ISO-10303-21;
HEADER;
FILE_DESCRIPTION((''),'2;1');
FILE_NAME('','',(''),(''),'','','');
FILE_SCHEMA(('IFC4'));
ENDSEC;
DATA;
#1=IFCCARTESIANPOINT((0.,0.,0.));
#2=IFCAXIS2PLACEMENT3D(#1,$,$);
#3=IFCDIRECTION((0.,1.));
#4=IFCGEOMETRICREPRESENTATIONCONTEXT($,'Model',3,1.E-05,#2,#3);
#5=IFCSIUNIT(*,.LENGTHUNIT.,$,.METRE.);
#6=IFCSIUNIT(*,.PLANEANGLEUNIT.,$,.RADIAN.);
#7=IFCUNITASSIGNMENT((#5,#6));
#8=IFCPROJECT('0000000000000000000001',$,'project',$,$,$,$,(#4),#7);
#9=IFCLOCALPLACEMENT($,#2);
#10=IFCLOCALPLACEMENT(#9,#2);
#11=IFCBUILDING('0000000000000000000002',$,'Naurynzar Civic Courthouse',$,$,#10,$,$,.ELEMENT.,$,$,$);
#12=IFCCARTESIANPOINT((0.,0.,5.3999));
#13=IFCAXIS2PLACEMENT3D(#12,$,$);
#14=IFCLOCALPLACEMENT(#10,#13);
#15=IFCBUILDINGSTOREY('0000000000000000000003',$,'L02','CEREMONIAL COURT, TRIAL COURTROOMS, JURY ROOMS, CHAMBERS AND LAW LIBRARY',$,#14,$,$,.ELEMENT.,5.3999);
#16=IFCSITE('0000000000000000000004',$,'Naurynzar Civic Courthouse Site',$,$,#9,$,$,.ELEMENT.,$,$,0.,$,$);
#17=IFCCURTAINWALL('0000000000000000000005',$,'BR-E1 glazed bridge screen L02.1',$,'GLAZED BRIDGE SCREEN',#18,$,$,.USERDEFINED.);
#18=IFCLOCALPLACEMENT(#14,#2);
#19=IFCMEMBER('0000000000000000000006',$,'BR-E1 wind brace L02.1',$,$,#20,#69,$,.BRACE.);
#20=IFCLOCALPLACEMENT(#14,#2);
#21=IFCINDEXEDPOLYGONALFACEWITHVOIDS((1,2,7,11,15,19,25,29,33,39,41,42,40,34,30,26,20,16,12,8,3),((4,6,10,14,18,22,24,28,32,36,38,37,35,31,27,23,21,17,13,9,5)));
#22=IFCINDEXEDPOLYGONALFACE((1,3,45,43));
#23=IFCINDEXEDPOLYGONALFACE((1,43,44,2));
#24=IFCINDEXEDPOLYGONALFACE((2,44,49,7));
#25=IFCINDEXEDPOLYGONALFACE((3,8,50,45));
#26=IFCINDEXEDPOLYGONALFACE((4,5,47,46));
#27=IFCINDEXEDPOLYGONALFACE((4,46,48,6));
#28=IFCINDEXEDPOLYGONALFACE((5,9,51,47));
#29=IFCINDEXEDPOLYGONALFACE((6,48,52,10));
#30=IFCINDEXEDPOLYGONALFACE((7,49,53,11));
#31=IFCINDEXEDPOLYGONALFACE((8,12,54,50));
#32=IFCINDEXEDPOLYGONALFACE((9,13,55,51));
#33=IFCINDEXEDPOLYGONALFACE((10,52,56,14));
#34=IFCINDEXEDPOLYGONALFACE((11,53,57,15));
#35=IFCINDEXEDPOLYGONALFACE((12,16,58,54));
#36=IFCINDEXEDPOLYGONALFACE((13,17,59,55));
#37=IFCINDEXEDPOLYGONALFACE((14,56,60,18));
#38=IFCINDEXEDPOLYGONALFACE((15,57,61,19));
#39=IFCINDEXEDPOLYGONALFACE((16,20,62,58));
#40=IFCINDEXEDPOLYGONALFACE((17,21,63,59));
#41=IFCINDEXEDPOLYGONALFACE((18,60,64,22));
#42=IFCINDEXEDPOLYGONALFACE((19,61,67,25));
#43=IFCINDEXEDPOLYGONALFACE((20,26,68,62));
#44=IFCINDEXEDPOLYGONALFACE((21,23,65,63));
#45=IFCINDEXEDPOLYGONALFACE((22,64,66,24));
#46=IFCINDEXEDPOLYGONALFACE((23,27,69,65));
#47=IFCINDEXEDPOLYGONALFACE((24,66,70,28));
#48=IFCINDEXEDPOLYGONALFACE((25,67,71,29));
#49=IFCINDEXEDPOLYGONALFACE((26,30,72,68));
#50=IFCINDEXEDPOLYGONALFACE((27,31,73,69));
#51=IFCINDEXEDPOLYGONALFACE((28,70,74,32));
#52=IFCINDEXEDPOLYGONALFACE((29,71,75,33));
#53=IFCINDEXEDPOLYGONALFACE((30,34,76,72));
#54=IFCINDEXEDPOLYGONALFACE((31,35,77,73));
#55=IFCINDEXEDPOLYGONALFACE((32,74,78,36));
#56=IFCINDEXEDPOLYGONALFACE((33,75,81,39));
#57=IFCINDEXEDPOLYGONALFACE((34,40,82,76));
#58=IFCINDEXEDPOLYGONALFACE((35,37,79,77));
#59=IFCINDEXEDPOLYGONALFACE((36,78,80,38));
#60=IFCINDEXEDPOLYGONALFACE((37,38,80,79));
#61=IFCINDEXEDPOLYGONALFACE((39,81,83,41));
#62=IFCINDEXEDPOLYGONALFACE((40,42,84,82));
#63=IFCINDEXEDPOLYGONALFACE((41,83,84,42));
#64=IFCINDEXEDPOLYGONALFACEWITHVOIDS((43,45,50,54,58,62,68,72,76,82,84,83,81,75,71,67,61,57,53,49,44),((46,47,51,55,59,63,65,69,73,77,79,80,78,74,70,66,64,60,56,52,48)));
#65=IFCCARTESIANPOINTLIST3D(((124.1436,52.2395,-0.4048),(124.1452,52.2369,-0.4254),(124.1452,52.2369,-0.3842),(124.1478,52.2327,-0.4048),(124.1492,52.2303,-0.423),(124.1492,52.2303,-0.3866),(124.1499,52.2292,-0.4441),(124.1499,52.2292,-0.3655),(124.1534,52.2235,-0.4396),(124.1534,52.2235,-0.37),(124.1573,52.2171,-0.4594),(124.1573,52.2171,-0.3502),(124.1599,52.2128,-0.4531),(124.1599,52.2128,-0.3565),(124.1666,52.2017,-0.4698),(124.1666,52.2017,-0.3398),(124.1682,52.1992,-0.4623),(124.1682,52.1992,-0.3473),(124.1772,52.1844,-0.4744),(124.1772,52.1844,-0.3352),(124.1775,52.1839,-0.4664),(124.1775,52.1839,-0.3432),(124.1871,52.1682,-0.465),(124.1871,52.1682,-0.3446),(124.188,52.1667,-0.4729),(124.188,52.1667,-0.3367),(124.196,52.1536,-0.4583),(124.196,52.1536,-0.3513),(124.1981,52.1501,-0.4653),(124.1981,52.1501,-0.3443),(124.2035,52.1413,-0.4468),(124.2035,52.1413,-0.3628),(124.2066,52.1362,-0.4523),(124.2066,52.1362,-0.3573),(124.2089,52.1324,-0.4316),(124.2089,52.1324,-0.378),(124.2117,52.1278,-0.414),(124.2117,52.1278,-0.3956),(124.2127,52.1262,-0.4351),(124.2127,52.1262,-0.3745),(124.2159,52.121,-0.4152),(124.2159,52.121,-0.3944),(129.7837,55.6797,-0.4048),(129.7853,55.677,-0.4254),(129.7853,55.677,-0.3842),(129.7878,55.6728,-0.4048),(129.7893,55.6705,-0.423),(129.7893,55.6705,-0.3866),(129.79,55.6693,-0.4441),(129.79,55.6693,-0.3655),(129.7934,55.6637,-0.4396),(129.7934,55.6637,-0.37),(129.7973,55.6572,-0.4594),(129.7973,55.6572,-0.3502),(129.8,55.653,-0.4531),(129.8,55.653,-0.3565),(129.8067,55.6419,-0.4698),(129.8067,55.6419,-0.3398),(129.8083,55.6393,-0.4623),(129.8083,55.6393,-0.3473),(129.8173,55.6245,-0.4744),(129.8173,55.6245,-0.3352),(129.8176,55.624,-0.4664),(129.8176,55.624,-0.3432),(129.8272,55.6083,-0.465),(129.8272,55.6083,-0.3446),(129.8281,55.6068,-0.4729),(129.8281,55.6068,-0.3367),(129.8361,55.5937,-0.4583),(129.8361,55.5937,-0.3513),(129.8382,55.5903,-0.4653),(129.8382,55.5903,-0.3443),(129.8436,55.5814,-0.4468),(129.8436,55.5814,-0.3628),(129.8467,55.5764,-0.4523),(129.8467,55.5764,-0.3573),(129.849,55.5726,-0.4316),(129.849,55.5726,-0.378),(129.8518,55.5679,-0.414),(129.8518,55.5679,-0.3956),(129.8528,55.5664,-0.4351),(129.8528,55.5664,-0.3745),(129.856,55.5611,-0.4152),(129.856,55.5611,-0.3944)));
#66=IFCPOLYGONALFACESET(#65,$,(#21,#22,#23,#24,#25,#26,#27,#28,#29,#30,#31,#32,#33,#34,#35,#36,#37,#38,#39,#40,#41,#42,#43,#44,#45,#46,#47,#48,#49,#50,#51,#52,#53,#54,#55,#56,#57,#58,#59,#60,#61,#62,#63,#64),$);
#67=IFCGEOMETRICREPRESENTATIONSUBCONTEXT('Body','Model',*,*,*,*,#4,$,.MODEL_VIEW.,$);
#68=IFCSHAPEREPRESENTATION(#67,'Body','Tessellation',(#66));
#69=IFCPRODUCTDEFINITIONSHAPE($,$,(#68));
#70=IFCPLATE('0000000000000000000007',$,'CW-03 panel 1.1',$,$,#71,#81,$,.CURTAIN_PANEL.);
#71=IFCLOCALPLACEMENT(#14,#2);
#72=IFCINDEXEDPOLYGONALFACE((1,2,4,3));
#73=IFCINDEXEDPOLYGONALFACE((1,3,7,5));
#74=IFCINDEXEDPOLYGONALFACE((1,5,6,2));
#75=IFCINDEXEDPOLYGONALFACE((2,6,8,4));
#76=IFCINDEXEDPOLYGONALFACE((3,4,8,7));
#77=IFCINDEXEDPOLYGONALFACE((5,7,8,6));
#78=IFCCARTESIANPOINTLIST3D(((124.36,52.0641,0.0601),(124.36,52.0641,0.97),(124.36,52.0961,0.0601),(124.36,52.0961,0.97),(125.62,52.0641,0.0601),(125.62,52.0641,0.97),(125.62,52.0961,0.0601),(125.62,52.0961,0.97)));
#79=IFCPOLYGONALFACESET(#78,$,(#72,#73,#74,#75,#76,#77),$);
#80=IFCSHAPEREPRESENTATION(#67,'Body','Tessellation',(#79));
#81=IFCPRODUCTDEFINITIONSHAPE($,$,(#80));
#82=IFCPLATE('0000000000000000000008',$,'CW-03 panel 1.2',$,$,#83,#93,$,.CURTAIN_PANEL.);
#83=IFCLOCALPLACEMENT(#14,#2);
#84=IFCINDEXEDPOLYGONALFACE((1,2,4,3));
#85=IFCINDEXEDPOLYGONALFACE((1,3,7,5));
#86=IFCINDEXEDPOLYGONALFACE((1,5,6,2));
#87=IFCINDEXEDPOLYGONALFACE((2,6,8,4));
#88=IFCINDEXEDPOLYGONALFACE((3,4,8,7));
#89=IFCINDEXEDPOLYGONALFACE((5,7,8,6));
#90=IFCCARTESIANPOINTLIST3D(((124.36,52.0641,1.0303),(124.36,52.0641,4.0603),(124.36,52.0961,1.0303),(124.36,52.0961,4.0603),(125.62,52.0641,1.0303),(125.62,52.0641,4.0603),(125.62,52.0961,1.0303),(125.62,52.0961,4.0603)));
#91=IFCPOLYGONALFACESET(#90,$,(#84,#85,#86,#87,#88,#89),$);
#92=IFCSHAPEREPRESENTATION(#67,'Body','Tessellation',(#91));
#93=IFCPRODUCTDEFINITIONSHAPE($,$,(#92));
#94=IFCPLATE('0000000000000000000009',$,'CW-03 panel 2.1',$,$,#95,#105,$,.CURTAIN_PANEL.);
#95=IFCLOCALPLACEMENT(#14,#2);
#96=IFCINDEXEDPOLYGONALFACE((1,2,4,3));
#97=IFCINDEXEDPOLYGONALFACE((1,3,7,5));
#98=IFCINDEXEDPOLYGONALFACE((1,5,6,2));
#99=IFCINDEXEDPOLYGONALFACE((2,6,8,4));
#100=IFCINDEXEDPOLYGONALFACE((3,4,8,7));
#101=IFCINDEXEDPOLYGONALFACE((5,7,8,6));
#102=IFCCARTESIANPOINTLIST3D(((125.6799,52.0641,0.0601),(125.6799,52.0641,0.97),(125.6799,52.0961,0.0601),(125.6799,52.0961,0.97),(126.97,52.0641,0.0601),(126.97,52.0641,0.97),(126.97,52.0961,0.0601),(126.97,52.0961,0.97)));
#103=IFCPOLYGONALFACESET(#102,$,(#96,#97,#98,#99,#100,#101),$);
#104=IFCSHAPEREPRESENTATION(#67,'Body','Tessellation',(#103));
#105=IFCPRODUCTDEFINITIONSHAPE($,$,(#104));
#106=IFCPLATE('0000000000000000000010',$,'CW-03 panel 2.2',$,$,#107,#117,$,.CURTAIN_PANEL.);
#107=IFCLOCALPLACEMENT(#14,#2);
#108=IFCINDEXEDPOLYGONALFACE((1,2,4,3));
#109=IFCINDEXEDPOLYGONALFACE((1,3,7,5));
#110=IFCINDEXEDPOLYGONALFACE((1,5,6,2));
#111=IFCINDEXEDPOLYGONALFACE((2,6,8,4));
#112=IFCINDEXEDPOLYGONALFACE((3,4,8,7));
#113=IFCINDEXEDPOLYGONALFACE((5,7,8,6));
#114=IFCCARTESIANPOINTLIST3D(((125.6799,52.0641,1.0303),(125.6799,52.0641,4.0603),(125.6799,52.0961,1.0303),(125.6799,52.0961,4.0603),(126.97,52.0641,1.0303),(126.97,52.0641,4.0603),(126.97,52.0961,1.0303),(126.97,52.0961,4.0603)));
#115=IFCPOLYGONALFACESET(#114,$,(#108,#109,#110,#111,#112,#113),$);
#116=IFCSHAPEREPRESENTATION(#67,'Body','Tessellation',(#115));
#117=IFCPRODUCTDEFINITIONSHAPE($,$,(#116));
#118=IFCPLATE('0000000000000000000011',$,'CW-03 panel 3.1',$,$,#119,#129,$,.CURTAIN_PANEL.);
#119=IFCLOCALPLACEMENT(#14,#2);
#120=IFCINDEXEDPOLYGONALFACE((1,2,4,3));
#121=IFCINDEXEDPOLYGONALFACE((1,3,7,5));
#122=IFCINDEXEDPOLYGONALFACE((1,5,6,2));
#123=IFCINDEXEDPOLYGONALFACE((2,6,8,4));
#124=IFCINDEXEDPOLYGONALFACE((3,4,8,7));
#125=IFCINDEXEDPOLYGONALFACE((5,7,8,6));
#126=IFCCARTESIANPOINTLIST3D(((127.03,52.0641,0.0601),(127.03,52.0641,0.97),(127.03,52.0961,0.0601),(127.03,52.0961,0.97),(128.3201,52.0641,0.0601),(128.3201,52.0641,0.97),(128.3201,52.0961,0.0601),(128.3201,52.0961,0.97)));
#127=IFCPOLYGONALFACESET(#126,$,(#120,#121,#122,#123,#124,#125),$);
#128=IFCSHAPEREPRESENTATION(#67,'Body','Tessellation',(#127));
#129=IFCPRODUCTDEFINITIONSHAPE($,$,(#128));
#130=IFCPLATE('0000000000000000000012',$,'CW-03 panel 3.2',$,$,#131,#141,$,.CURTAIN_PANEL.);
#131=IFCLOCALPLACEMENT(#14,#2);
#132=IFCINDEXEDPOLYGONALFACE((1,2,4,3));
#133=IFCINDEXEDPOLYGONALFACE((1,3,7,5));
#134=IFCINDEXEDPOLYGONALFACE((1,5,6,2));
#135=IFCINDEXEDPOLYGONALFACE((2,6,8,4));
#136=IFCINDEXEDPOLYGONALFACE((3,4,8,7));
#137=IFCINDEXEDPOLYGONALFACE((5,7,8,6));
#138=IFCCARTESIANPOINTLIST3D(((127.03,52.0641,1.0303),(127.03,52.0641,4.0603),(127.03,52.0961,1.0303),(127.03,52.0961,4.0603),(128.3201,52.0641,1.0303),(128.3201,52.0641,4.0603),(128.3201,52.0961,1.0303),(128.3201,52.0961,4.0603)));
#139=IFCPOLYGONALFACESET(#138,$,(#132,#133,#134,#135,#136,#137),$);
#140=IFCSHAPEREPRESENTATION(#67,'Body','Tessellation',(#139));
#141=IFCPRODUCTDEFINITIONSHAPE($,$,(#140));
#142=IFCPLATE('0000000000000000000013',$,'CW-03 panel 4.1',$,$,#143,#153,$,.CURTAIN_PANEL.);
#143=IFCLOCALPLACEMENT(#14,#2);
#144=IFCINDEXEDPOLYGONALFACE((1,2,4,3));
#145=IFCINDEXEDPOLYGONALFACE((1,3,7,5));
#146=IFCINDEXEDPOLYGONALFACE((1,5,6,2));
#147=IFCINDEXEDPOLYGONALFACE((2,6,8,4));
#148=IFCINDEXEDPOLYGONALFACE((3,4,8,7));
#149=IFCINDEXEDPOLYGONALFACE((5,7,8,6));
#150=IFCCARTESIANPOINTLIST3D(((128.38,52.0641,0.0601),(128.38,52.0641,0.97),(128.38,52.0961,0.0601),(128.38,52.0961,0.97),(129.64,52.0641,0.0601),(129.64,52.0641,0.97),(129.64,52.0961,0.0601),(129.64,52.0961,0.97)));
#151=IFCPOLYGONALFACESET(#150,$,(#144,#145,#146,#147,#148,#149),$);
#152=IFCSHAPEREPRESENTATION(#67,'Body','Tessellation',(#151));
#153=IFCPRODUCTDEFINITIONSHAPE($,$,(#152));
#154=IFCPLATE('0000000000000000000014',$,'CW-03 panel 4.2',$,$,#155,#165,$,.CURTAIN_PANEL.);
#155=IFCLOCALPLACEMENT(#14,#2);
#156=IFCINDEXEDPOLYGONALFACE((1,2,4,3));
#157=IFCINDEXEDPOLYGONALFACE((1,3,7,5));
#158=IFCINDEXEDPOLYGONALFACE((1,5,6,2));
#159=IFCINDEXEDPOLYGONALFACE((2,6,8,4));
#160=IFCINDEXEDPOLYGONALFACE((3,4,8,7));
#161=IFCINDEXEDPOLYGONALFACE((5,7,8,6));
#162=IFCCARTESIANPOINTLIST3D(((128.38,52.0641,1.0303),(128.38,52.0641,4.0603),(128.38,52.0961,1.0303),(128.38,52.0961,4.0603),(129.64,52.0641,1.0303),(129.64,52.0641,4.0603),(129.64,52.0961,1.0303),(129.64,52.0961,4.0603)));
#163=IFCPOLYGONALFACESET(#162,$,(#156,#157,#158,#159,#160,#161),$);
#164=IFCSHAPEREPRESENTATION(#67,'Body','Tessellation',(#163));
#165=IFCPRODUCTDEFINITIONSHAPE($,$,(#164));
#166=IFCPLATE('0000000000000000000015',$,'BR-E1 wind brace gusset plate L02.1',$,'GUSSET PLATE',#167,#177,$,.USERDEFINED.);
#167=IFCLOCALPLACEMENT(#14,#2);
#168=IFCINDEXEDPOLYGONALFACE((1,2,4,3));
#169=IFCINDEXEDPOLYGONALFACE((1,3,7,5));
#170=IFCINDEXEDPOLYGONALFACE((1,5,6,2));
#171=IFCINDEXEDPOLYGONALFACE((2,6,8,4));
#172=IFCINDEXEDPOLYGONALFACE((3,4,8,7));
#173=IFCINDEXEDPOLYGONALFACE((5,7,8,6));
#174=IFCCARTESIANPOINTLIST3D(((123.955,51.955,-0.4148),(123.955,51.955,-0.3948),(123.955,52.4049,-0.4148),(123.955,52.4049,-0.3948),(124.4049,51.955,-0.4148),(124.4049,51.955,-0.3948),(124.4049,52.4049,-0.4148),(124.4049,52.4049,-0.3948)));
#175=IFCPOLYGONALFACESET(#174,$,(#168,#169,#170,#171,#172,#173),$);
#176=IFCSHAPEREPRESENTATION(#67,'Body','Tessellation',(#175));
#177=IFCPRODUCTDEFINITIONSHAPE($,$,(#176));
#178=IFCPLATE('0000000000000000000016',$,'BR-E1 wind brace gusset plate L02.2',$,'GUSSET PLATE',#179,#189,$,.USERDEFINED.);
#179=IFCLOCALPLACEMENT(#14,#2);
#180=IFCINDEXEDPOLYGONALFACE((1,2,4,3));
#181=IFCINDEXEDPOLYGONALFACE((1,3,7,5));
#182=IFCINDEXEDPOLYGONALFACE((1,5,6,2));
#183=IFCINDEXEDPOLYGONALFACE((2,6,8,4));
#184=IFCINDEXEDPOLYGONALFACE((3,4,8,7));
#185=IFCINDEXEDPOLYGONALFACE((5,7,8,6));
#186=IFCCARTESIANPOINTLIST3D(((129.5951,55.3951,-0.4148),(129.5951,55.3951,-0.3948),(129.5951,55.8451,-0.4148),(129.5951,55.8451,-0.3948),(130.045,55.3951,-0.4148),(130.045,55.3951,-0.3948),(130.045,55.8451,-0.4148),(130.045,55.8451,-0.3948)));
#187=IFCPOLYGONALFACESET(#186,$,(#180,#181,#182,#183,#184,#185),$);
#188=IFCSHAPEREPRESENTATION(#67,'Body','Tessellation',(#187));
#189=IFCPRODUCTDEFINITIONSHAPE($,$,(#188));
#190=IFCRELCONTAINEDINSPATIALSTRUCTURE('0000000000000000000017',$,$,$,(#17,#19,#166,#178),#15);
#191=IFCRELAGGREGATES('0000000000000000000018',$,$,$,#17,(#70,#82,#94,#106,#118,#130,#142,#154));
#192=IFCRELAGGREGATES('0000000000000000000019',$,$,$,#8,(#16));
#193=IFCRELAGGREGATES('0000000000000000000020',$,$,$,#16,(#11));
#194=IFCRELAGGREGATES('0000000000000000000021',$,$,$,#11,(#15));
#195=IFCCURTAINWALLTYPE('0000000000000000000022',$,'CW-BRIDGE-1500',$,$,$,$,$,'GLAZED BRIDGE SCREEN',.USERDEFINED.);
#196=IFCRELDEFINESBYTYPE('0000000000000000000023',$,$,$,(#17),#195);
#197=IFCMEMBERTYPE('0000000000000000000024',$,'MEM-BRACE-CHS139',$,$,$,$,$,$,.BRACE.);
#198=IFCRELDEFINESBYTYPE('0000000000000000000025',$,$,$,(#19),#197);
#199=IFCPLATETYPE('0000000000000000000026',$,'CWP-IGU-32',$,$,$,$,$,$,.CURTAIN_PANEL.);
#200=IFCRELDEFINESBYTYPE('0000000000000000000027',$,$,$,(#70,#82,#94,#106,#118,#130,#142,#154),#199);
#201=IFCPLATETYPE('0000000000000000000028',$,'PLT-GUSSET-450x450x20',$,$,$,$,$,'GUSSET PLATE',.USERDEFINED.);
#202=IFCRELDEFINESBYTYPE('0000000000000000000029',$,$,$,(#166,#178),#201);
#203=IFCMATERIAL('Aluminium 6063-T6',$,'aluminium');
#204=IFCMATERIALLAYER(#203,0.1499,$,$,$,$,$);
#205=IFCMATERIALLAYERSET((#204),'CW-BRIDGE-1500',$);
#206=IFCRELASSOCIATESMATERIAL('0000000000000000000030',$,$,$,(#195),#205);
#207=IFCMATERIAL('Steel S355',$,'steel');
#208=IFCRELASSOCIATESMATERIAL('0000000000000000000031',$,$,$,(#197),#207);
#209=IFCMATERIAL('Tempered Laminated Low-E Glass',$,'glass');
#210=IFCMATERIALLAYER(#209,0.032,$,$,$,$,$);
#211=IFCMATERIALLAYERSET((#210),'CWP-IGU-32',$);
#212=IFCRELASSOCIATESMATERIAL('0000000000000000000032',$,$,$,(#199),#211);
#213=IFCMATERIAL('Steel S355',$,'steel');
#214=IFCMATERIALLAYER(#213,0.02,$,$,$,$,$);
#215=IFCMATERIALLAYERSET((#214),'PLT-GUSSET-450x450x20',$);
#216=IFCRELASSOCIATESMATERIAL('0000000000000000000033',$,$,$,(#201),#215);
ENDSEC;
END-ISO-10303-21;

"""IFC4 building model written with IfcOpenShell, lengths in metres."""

from ifc_helpers import new_model, si_unit, direction, frame, origin, origin_2d, place, context, subcontext, project, spatial, rectangle, hollow_circle, extrude, material, layer, layer_set, material_profile, profile_set, type_object, element, aggregate, save


model = new_model("IFC4")

# Units and contexts
model_context = context("Model", 3, precision=1e-05, world=origin(), true_north=direction((0.0, 1.0)))
body_context = subcontext(model_context, "Body", "Model", "MODEL_VIEW")
ifc_project = project(units=[si_unit("LENGTHUNIT", "METRE"), si_unit("PLANEANGLEUNIT", "RADIAN")], contexts=[model_context])

# Site, building, storey
site_placement = place(None, origin())
site = spatial("IfcSite", under=ifc_project, at=site_placement, Name="Naurynzar Civic Courthouse Site", CompositionType="ELEMENT", RefElevation=0.0)
building_placement = place(site_placement, origin())
building = spatial("IfcBuilding", under=site, at=building_placement, Name="Naurynzar Civic Courthouse", CompositionType="ELEMENT")
storey_placement = place(building_placement, frame((0.0, 0.0, 5.3999)))
storey = spatial("IfcBuildingStorey", under=building, at=storey_placement, Name="L02", Description="CEREMONIAL COURT, TRIAL COURTROOMS, JURY ROOMS, CHAMBERS AND LAW LIBRARY", CompositionType="ELEMENT", Elevation=5.3999)

# Curtain wall
ifc_material_1 = material(Name="Aluminium 6063-T6", Category="aluminium")
ifc_layer_1 = layer(ifc_material_1, 0.1499)
ifc_layer_set_1 = layer_set([ifc_layer_1], Name="CW-BRIDGE-1500")
curtain_wall_type = type_object("IfcCurtainWallType", Name="CW-BRIDGE-1500", ElementType="GLAZED BRIDGE SCREEN", PredefinedType="USERDEFINED", material=ifc_layer_set_1)
curtain_wall_placement = place(storey_placement, origin())
curtain_wall = element("IfcCurtainWall", 1, at=curtain_wall_placement, inside=storey, type_object=curtain_wall_type, Name="BR-E1 glazed bridge screen L02.1", ObjectType="GLAZED BRIDGE SCREEN", PredefinedType="USERDEFINED")

# Member
ifc_material_2 = material(Name="Steel S355", Category="steel")
ifc_material_profile_1 = material_profile(ifc_material_2, hollow_circle(Radius=0.0698, WallThickness=0.0081, at=origin_2d()), Name="CHS 139.7x8")
ifc_profile_set_1 = profile_set([ifc_material_profile_1], Name="Steel S355")
member_type_1 = type_object("IfcMemberType", Name="MEM-BRACE-CHS139", PredefinedType="BRACE", material=ifc_profile_set_1)
member_1_placement = place(storey_placement, frame((124.1799, 52.1799, -0.4048), z_axis=(0.853724, 0.520726, 0.0), x_axis=(-0.520726, 0.853724, 0.0)))
element("IfcMember", 2, at=member_1_placement, inside=storey, type_object=member_type_1, Name="BR-E1 wind brace L02.1", PredefinedType="BRACE", context=body_context, shape_type="SweptSolid", body=[
    extrude(hollow_circle(Radius=0.0698, WallThickness=0.0081, at=origin_2d()), origin(), (0.0, 0.0, 1.0), 6.6064),
])

# Plates
ifc_material_3 = material(Name="Tempered Laminated Low-E Glass", Category="glass")
ifc_layer_2 = layer(ifc_material_3, 0.032)
ifc_layer_set_2 = layer_set([ifc_layer_2], Name="CWP-IGU-32")
plate_type_1 = type_object("IfcPlateType", Name="CWP-IGU-32", PredefinedType="CURTAIN_PANEL", material=ifc_layer_set_2)
plate_1_placement = place(storey_placement, frame((124.99, 52.0801, 0.0601), z_axis=(0.0, 0.0, 1.0), x_axis=(1.0, 0.0, 0.0)))
plate_1 = element("IfcPlate", 3, at=plate_1_placement, type_object=plate_type_1, Name="CW-03 panel 1.1", PredefinedType="CURTAIN_PANEL", context=body_context, shape_type="SweptSolid", body=[
    extrude(rectangle(XDim=1.26, YDim=0.032, at=origin_2d()), origin(), (0.0, 0.0, 1.0), 0.9099),
])
plate_2_placement = place(storey_placement, frame((124.99, 52.0801, 1.0303), z_axis=(0.0, 0.0, 1.0), x_axis=(1.0, 0.0, 0.0)))
plate_2 = element("IfcPlate", 4, at=plate_2_placement, type_object=plate_type_1, Name="CW-03 panel 1.2", PredefinedType="CURTAIN_PANEL", context=body_context, shape_type="SweptSolid", body=[
    extrude(rectangle(XDim=1.26, YDim=0.032, at=origin_2d()), origin(), (0.0, 0.0, 1.0), 3.03),
])
plate_3_placement = place(storey_placement, frame((126.325, 52.0801, 0.0601), z_axis=(0.0, 0.0, 1.0), x_axis=(1.0, 0.0, 0.0)))
plate_3 = element("IfcPlate", 5, at=plate_3_placement, type_object=plate_type_1, Name="CW-03 panel 2.1", PredefinedType="CURTAIN_PANEL", context=body_context, shape_type="SweptSolid", body=[
    extrude(rectangle(XDim=1.29, YDim=0.032, at=origin_2d()), origin(), (0.0, 0.0, 1.0), 0.9099),
])
plate_4_placement = place(storey_placement, frame((126.325, 52.0801, 1.0303), z_axis=(0.0, 0.0, 1.0), x_axis=(1.0, 0.0, 0.0)))
plate_4 = element("IfcPlate", 6, at=plate_4_placement, type_object=plate_type_1, Name="CW-03 panel 2.2", PredefinedType="CURTAIN_PANEL", context=body_context, shape_type="SweptSolid", body=[
    extrude(rectangle(XDim=1.29, YDim=0.032, at=origin_2d()), origin(), (0.0, 0.0, 1.0), 3.03),
])
plate_5_placement = place(storey_placement, frame((127.675, 52.0801, 0.0601), z_axis=(0.0, 0.0, 1.0), x_axis=(1.0, 0.0, 0.0)))
plate_5 = element("IfcPlate", 7, at=plate_5_placement, type_object=plate_type_1, Name="CW-03 panel 3.1", PredefinedType="CURTAIN_PANEL", context=body_context, shape_type="SweptSolid", body=[
    extrude(rectangle(XDim=1.29, YDim=0.032, at=origin_2d()), origin(), (0.0, 0.0, 1.0), 0.9099),
])
plate_6_placement = place(storey_placement, frame((127.675, 52.0801, 1.0303), z_axis=(0.0, 0.0, 1.0), x_axis=(1.0, 0.0, 0.0)))
plate_6 = element("IfcPlate", 8, at=plate_6_placement, type_object=plate_type_1, Name="CW-03 panel 3.2", PredefinedType="CURTAIN_PANEL", context=body_context, shape_type="SweptSolid", body=[
    extrude(rectangle(XDim=1.29, YDim=0.032, at=origin_2d()), origin(), (0.0, 0.0, 1.0), 3.03),
])
plate_7_placement = place(storey_placement, frame((129.01, 52.0801, 0.0601), z_axis=(0.0, 0.0, 1.0), x_axis=(1.0, 0.0, 0.0)))
plate_7 = element("IfcPlate", 9, at=plate_7_placement, type_object=plate_type_1, Name="CW-03 panel 4.1", PredefinedType="CURTAIN_PANEL", context=body_context, shape_type="SweptSolid", body=[
    extrude(rectangle(XDim=1.26, YDim=0.032, at=origin_2d()), origin(), (0.0, 0.0, 1.0), 0.9099),
])
plate_8_placement = place(storey_placement, frame((129.01, 52.0801, 1.0303), z_axis=(0.0, 0.0, 1.0), x_axis=(1.0, 0.0, 0.0)))
plate_8 = element("IfcPlate", 10, at=plate_8_placement, type_object=plate_type_1, Name="CW-03 panel 4.2", PredefinedType="CURTAIN_PANEL", context=body_context, shape_type="SweptSolid", body=[
    extrude(rectangle(XDim=1.26, YDim=0.032, at=origin_2d()), origin(), (0.0, 0.0, 1.0), 3.03),
])
aggregate(curtain_wall, [plate_1, plate_2, plate_3, plate_4, plate_5, plate_6, plate_7, plate_8])

# Plates
ifc_material_4 = material(Name="Steel S355", Category="steel")
ifc_layer_3 = layer(ifc_material_4, 0.02)
ifc_layer_set_3 = layer_set([ifc_layer_3], Name="PLT-GUSSET-450x450x20")
plate_type_2 = type_object("IfcPlateType", Name="PLT-GUSSET-450x450x20", ElementType="GUSSET PLATE", PredefinedType="USERDEFINED", material=ifc_layer_set_3)
for number, where, z_axis, x_axis, name in (
    (11, (124.1799, 52.1799, -0.4148), (0.0, 0.0, 1.0), (1.0, 0.0, 0.0), "BR-E1 wind brace gusset plate L02.1"),
    (12, (129.8201, 55.6201, -0.4148), (0.0, 0.0, 1.0), (1.0, 0.0, 0.0), "BR-E1 wind brace gusset plate L02.2"),
):
    element("IfcPlate", number, at=place(storey_placement, frame(where, z_axis=z_axis, x_axis=x_axis)), inside=storey, type_object=plate_type_2, Name=name, ObjectType="GUSSET PLATE", PredefinedType="USERDEFINED", context=body_context, shape_type="SweptSolid", body=[
        extrude(rectangle(XDim=0.45, YDim=0.45, at=origin_2d()), origin(), (0.0, 0.0, 1.0), 0.02),
    ])

save(model, "model.ifc")
